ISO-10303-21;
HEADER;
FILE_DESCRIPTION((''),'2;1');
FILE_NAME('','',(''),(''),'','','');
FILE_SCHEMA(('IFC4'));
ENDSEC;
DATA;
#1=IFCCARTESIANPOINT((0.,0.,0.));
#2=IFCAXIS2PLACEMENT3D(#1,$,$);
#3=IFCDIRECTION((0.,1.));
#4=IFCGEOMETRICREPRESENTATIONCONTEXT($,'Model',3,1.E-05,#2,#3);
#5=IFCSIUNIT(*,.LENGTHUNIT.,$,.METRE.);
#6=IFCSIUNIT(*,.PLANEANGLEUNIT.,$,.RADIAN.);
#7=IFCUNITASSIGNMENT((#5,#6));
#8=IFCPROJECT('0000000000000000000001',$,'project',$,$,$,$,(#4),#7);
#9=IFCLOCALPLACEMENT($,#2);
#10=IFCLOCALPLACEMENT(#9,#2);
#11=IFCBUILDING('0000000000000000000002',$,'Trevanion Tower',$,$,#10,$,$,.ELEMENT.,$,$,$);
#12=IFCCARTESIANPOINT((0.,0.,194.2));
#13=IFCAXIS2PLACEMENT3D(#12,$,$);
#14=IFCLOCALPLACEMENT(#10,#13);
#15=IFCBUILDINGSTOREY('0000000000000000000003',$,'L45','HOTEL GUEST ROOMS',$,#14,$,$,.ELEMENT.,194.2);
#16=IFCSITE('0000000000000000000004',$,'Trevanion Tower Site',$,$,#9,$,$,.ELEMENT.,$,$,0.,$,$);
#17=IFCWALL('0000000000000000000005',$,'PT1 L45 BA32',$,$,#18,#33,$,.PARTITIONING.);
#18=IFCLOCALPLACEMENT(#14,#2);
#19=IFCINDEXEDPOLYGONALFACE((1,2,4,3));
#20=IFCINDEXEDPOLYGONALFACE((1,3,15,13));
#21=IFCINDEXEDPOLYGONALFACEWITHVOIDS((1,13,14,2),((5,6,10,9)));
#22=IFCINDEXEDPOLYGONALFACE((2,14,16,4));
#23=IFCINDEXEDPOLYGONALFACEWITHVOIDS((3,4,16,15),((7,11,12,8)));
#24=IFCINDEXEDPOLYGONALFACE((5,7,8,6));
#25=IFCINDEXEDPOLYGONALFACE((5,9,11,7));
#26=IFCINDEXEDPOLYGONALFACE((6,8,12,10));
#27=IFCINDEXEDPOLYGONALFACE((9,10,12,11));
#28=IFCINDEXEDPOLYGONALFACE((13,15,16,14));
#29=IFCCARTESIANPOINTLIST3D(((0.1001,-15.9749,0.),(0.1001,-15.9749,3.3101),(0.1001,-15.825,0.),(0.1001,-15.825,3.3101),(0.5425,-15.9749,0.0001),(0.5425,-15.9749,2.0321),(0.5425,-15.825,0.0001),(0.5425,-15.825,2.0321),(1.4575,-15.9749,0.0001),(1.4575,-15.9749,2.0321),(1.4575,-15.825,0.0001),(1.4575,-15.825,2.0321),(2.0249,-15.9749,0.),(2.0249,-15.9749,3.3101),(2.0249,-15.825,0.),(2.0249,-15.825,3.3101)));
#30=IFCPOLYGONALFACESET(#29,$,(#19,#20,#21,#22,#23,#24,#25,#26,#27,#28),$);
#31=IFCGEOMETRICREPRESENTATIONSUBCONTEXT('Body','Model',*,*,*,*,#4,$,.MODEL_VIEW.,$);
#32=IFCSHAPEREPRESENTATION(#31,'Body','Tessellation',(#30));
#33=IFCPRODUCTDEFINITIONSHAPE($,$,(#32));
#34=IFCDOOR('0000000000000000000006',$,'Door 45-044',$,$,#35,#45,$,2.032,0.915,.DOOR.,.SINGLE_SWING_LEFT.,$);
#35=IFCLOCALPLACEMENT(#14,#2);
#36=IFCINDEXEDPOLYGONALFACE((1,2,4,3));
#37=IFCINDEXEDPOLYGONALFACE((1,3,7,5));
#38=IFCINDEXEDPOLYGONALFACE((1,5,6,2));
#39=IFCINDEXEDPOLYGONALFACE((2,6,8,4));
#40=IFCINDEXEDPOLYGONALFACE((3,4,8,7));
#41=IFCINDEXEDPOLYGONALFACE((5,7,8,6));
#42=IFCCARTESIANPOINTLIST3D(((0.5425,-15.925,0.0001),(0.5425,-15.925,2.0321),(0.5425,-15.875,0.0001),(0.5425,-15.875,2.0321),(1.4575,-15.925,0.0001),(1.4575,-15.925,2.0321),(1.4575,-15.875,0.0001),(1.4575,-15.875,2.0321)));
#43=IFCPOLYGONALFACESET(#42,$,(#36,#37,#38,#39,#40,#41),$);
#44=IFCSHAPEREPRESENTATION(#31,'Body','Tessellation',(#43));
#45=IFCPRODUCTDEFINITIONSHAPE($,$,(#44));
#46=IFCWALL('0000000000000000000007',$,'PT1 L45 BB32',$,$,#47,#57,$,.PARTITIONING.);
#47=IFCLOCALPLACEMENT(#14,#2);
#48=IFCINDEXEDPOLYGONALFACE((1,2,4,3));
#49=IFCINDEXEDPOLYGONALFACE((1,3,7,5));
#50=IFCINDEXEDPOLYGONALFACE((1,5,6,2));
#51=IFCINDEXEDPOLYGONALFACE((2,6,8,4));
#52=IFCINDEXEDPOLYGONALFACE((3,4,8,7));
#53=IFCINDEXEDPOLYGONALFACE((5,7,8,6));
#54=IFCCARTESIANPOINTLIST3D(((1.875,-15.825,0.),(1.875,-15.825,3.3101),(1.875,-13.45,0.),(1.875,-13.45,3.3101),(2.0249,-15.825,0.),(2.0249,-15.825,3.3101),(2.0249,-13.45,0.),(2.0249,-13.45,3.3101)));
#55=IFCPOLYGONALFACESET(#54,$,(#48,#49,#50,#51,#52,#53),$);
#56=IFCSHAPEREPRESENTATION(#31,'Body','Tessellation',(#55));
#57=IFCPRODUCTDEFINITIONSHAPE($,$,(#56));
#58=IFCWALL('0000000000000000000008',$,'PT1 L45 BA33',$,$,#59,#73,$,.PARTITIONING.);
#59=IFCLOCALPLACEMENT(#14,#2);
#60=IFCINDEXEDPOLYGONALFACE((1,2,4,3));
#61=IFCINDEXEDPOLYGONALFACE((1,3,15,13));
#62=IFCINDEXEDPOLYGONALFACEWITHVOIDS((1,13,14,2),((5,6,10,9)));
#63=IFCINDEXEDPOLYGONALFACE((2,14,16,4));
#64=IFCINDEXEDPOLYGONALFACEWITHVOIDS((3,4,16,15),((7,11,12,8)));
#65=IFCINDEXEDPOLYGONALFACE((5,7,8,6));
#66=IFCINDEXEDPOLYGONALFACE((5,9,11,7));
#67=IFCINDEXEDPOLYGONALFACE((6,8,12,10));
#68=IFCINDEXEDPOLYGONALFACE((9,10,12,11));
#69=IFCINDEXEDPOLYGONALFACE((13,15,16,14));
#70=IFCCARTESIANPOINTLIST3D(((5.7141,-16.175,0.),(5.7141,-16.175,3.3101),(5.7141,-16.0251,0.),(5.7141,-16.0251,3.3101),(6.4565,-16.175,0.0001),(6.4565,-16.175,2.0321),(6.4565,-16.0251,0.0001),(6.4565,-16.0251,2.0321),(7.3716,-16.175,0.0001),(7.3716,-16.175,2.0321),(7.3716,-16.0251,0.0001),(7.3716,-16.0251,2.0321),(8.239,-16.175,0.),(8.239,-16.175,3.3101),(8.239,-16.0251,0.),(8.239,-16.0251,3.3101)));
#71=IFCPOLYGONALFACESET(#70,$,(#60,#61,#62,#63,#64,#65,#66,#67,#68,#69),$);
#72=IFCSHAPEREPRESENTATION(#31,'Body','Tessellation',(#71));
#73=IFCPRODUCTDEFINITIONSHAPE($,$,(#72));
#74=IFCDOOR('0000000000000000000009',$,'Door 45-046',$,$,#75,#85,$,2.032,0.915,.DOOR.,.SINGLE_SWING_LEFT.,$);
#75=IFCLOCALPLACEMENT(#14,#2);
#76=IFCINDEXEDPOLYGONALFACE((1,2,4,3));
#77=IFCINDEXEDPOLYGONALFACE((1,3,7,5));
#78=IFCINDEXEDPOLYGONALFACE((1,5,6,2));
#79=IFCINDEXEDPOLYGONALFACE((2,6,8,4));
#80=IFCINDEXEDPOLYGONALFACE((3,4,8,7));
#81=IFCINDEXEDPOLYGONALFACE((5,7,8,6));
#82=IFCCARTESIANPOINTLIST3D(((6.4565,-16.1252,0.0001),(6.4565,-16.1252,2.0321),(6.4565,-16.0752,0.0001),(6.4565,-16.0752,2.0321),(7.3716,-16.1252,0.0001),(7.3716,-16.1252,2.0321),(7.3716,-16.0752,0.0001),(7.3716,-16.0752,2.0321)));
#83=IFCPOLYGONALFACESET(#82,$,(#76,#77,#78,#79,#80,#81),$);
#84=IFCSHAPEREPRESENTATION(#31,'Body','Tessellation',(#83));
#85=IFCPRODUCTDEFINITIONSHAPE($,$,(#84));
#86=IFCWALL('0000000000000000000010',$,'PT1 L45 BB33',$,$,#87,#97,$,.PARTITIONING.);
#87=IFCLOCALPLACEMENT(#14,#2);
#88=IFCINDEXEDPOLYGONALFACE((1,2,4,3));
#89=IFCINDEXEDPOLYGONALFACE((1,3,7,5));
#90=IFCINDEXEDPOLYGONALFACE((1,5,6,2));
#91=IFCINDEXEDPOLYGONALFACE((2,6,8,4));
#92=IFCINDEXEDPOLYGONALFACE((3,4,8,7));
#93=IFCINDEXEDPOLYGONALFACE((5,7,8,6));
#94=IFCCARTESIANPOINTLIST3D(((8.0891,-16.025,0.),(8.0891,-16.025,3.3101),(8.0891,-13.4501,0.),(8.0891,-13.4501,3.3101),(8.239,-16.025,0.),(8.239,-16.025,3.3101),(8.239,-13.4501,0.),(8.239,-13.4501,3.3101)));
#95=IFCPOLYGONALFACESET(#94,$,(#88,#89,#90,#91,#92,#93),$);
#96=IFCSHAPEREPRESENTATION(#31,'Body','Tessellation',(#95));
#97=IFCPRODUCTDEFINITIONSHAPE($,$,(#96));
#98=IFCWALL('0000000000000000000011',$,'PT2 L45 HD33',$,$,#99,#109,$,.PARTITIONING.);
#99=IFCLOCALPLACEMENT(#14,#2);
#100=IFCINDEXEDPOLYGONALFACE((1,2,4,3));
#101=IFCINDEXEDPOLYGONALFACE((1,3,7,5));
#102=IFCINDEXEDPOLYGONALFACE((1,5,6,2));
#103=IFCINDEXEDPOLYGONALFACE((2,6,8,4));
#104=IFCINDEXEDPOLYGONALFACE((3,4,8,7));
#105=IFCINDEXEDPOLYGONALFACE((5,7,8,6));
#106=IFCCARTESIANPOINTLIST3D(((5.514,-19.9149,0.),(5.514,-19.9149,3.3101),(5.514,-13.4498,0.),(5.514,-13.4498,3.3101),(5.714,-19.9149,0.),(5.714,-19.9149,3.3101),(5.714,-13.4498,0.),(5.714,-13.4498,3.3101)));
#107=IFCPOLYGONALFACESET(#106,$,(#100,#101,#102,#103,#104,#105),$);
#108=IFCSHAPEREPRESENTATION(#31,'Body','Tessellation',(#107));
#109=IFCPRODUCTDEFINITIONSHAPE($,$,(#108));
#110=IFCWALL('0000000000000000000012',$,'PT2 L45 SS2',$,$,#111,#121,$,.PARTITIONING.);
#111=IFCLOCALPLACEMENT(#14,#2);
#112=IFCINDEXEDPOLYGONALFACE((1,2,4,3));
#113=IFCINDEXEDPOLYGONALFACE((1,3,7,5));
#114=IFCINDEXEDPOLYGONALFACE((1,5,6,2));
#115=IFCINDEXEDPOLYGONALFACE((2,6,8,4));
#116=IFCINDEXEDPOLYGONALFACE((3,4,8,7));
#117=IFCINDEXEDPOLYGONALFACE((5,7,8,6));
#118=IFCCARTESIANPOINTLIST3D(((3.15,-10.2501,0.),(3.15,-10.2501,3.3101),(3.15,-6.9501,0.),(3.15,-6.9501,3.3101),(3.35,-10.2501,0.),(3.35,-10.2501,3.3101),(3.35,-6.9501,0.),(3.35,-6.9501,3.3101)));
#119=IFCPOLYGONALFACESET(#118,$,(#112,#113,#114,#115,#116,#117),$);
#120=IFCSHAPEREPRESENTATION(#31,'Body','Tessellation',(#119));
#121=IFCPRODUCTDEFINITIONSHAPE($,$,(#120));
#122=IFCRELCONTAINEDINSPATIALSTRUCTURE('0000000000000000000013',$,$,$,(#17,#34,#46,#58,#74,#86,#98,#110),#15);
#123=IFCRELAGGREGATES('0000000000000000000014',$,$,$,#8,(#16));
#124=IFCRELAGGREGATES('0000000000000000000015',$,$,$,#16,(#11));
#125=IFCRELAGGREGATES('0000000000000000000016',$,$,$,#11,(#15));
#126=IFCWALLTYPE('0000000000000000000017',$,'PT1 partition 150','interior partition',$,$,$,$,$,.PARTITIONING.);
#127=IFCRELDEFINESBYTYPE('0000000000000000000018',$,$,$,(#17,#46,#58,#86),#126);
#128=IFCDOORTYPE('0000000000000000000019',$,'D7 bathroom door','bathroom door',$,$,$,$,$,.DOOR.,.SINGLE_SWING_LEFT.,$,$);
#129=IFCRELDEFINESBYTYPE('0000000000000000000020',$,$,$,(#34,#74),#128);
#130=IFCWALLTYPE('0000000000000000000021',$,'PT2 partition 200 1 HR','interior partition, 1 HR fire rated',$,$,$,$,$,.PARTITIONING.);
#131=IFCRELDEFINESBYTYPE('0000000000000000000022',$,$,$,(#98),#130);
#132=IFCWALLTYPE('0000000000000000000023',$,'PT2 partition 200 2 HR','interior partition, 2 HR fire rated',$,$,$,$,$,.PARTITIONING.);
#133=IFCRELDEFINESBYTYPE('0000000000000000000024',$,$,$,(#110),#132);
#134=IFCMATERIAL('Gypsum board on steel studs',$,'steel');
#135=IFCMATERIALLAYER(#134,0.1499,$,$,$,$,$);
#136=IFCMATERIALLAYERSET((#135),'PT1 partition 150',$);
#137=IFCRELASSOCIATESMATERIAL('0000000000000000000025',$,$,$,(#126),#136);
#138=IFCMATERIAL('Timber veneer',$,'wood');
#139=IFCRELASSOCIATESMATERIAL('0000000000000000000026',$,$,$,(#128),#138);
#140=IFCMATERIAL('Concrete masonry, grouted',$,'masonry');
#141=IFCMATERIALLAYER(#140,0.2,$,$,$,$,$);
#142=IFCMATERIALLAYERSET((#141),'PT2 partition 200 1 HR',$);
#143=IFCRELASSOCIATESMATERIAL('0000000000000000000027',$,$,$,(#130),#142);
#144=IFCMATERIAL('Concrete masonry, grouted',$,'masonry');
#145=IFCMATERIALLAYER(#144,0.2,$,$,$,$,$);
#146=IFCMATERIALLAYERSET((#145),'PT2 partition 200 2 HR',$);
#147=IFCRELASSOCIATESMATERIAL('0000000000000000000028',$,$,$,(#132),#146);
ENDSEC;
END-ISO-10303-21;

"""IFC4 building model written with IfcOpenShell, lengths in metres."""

from ifc_helpers import new_model, si_unit, direction, frame, frame_2d, origin, place, context, subcontext, project, spatial, rectangle, extrude, material, layer, layer_set, type_object, element, fill, save


model = new_model("IFC4")

# Units and contexts
model_context = context("Model", 3, precision=1e-05, world=origin(), true_north=direction((0.0, 1.0)))
body_context = subcontext(model_context, "Body", "Model", "MODEL_VIEW")
ifc_project = project(units=[si_unit("LENGTHUNIT", "METRE"), si_unit("PLANEANGLEUNIT", "RADIAN")], contexts=[model_context])

# Site, building, storey
site_placement = place(None, origin())
site = spatial("IfcSite", under=ifc_project, at=site_placement, Name="Trevanion Tower Site", CompositionType="ELEMENT", RefElevation=0.0)
building_placement = place(site_placement, origin())
building = spatial("IfcBuilding", under=site, at=building_placement, Name="Trevanion Tower", CompositionType="ELEMENT")
storey_placement = place(building_placement, frame((0.0, 0.0, 194.2)))
storey = spatial("IfcBuildingStorey", under=building, at=storey_placement, Name="L45", Description="HOTEL GUEST ROOMS", CompositionType="ELEMENT", Elevation=194.2)

# Wall, opening, door
ifc_material_1 = material(Name="Gypsum board on steel studs", Category="steel")
ifc_layer_1 = layer(ifc_material_1, 0.1499)
ifc_layer_set_1 = layer_set([ifc_layer_1], Name="PT1 partition 150")
wall_type_1 = type_object("IfcWallType", Name="PT1 partition 150", Description="interior partition", PredefinedType="PARTITIONING", material=ifc_layer_set_1)
wall_1_placement = place(storey_placement, frame((0.1001, -15.8999, 0.0), z_axis=(0.0, 0.0, 1.0), x_axis=(1.0, 0.0, 0.0)))
wall_1 = element("IfcWall", 1, at=wall_1_placement, inside=storey, type_object=wall_type_1, Name="PT1 L45 BA32", PredefinedType="PARTITIONING", context=body_context, shape_type="SweptSolid", body=[
    extrude(rectangle(XDim=1.9248, YDim=0.1499, at=frame_2d((0.9624, 0.0))), origin(), (0.0, 0.0, 1.0), 3.3101),
])
opening_1_placement = place(wall_1_placement, frame((0.4424, 0.0, 0.0)))
opening_1 = element("IfcOpeningElement", 2, at=opening_1_placement, cuts=wall_1, PredefinedType="OPENING", context=body_context, shape_type="SweptSolid", body=[
    extrude(rectangle(XDim=0.915, YDim=2.032, at=frame_2d((0.4575, 1.0161))), frame((0.0, 0.085, 0.0), z_axis=(0.0, -1.0, 0.0), x_axis=(1.0, 0.0, 0.0)), (0.0, 0.0, 1.0), 0.1699),
])
ifc_material_2 = material(Name="Timber veneer", Category="wood")
door_type = type_object("IfcDoorType", Name="D7 bathroom door", Description="bathroom door", OperationType="SINGLE_SWING_LEFT", PredefinedType="DOOR", material=ifc_material_2)
door_1_placement = place(opening_1_placement, origin())
door_1 = element("IfcDoor", 3, at=door_1_placement, inside=storey, type_object=door_type, Name="Door 45-044", OperationType="SINGLE_SWING_LEFT", OverallHeight=2.032, OverallWidth=0.915, PredefinedType="DOOR", context=body_context, shape_type="SweptSolid", body=[
    extrude(rectangle(XDim=0.915, YDim=2.032, at=frame_2d((0.4575, 1.0161))), frame((0.0, 0.0249, 0.0), z_axis=(0.0, -1.0, 0.0), x_axis=(1.0, 0.0, 0.0)), (0.0, 0.0, 1.0), 0.05),
])
fill(opening_1, door_1)

# Wall
wall_2_placement = place(storey_placement, frame((1.95, -13.45, 0.0), z_axis=(0.0, 0.0, 1.0), x_axis=(0.0, -1.0, 0.0)))
element("IfcWall", 4, at=wall_2_placement, inside=storey, type_object=wall_type_1, Name="PT1 L45 BB32", PredefinedType="PARTITIONING", context=body_context, shape_type="SweptSolid", body=[
    extrude(rectangle(XDim=2.375, YDim=0.1499, at=frame_2d((1.1875, 0.0))), origin(), (0.0, 0.0, 1.0), 3.3101),
])

# Wall, opening, door
wall_3_placement = place(storey_placement, frame((5.7141, -16.1001, 0.0), z_axis=(0.0, 0.0, 1.0), x_axis=(1.0, 0.0, 0.0)))
wall_3 = element("IfcWall", 5, at=wall_3_placement, inside=storey, type_object=wall_type_1, Name="PT1 L45 BA33", PredefinedType="PARTITIONING", context=body_context, shape_type="SweptSolid", body=[
    extrude(rectangle(XDim=2.5249, YDim=0.1499, at=frame_2d((1.2625, 0.0))), origin(), (0.0, 0.0, 1.0), 3.3101),
])
opening_2_placement = place(wall_3_placement, frame((0.7424, 0.0, 0.0)))
opening_2 = element("IfcOpeningElement", 6, at=opening_2_placement, cuts=wall_3, PredefinedType="OPENING", context=body_context, shape_type="SweptSolid", body=[
    extrude(rectangle(XDim=0.915, YDim=2.032, at=frame_2d((0.4575, 1.0161))), frame((0.0, 0.085, 0.0), z_axis=(0.0, -1.0, 0.0), x_axis=(1.0, 0.0, 0.0)), (0.0, 0.0, 1.0), 0.1699),
])
door_2_placement = place(opening_2_placement, origin())
door_2 = element("IfcDoor", 7, at=door_2_placement, inside=storey, type_object=door_type, Name="Door 45-046", OperationType="SINGLE_SWING_LEFT", OverallHeight=2.032, OverallWidth=0.915, PredefinedType="DOOR", context=body_context, shape_type="SweptSolid", body=[
    extrude(rectangle(XDim=0.915, YDim=2.032, at=frame_2d((0.4575, 1.0161))), frame((0.0, 0.0249, 0.0), z_axis=(0.0, -1.0, 0.0), x_axis=(1.0, 0.0, 0.0)), (0.0, 0.0, 1.0), 0.05),
])
fill(opening_2, door_2)

# Walls
wall_4_placement = place(storey_placement, frame((8.1641, -13.45, 0.0), z_axis=(0.0, 0.0, 1.0), x_axis=(0.0, -1.0, 0.0)))
element("IfcWall", 8, at=wall_4_placement, inside=storey, type_object=wall_type_1, Name="PT1 L45 BB33", PredefinedType="PARTITIONING", context=body_context, shape_type="SweptSolid", body=[
    extrude(rectangle(XDim=2.575, YDim=0.1499, at=frame_2d((1.2876, 0.0))), origin(), (0.0, 0.0, 1.0), 3.3101),
])
ifc_material_3 = material(Name="Concrete masonry, grouted", Category="masonry")
ifc_layer_2 = layer(ifc_material_3, 0.2)
ifc_layer_set_2 = layer_set([ifc_layer_2], Name="PT2 partition 200 1 HR")
wall_type_2 = type_object("IfcWallType", Name="PT2 partition 200 1 HR", Description="interior partition, 1 HR fire rated", PredefinedType="PARTITIONING", material=ifc_layer_set_2)
wall_5_placement = place(storey_placement, frame((5.614, -13.45, 0.0), z_axis=(0.0, 0.0, 1.0), x_axis=(0.0, -1.0, 0.0)))
element("IfcWall", 9, at=wall_5_placement, inside=storey, type_object=wall_type_2, Name="PT2 L45 HD33", PredefinedType="PARTITIONING", context=body_context, shape_type="SweptSolid", body=[
    extrude(rectangle(XDim=6.4651, YDim=0.2, at=frame_2d((3.2324, 0.0))), origin(), (0.0, 0.0, 1.0), 3.3101),
])
ifc_material_4 = material(Name="Concrete masonry, grouted", Category="masonry")
ifc_layer_3 = layer(ifc_material_4, 0.2)
ifc_layer_set_3 = layer_set([ifc_layer_3], Name="PT2 partition 200 2 HR")
wall_type_3 = type_object("IfcWallType", Name="PT2 partition 200 2 HR", Description="interior partition, 2 HR fire rated", PredefinedType="PARTITIONING", material=ifc_layer_set_3)
wall_6_placement = place(storey_placement, frame((3.25, -10.25, 0.0), z_axis=(0.0, 0.0, 1.0), x_axis=(0.0, 1.0, 0.0)))
element("IfcWall", 10, at=wall_6_placement, inside=storey, type_object=wall_type_3, Name="PT2 L45 SS2", PredefinedType="PARTITIONING", context=body_context, shape_type="SweptSolid", body=[
    extrude(rectangle(XDim=3.3, YDim=0.2, at=frame_2d((1.6499, 0.0))), origin(), (0.0, 0.0, 1.0), 3.3101),
])

save(model, "model.ifc")
